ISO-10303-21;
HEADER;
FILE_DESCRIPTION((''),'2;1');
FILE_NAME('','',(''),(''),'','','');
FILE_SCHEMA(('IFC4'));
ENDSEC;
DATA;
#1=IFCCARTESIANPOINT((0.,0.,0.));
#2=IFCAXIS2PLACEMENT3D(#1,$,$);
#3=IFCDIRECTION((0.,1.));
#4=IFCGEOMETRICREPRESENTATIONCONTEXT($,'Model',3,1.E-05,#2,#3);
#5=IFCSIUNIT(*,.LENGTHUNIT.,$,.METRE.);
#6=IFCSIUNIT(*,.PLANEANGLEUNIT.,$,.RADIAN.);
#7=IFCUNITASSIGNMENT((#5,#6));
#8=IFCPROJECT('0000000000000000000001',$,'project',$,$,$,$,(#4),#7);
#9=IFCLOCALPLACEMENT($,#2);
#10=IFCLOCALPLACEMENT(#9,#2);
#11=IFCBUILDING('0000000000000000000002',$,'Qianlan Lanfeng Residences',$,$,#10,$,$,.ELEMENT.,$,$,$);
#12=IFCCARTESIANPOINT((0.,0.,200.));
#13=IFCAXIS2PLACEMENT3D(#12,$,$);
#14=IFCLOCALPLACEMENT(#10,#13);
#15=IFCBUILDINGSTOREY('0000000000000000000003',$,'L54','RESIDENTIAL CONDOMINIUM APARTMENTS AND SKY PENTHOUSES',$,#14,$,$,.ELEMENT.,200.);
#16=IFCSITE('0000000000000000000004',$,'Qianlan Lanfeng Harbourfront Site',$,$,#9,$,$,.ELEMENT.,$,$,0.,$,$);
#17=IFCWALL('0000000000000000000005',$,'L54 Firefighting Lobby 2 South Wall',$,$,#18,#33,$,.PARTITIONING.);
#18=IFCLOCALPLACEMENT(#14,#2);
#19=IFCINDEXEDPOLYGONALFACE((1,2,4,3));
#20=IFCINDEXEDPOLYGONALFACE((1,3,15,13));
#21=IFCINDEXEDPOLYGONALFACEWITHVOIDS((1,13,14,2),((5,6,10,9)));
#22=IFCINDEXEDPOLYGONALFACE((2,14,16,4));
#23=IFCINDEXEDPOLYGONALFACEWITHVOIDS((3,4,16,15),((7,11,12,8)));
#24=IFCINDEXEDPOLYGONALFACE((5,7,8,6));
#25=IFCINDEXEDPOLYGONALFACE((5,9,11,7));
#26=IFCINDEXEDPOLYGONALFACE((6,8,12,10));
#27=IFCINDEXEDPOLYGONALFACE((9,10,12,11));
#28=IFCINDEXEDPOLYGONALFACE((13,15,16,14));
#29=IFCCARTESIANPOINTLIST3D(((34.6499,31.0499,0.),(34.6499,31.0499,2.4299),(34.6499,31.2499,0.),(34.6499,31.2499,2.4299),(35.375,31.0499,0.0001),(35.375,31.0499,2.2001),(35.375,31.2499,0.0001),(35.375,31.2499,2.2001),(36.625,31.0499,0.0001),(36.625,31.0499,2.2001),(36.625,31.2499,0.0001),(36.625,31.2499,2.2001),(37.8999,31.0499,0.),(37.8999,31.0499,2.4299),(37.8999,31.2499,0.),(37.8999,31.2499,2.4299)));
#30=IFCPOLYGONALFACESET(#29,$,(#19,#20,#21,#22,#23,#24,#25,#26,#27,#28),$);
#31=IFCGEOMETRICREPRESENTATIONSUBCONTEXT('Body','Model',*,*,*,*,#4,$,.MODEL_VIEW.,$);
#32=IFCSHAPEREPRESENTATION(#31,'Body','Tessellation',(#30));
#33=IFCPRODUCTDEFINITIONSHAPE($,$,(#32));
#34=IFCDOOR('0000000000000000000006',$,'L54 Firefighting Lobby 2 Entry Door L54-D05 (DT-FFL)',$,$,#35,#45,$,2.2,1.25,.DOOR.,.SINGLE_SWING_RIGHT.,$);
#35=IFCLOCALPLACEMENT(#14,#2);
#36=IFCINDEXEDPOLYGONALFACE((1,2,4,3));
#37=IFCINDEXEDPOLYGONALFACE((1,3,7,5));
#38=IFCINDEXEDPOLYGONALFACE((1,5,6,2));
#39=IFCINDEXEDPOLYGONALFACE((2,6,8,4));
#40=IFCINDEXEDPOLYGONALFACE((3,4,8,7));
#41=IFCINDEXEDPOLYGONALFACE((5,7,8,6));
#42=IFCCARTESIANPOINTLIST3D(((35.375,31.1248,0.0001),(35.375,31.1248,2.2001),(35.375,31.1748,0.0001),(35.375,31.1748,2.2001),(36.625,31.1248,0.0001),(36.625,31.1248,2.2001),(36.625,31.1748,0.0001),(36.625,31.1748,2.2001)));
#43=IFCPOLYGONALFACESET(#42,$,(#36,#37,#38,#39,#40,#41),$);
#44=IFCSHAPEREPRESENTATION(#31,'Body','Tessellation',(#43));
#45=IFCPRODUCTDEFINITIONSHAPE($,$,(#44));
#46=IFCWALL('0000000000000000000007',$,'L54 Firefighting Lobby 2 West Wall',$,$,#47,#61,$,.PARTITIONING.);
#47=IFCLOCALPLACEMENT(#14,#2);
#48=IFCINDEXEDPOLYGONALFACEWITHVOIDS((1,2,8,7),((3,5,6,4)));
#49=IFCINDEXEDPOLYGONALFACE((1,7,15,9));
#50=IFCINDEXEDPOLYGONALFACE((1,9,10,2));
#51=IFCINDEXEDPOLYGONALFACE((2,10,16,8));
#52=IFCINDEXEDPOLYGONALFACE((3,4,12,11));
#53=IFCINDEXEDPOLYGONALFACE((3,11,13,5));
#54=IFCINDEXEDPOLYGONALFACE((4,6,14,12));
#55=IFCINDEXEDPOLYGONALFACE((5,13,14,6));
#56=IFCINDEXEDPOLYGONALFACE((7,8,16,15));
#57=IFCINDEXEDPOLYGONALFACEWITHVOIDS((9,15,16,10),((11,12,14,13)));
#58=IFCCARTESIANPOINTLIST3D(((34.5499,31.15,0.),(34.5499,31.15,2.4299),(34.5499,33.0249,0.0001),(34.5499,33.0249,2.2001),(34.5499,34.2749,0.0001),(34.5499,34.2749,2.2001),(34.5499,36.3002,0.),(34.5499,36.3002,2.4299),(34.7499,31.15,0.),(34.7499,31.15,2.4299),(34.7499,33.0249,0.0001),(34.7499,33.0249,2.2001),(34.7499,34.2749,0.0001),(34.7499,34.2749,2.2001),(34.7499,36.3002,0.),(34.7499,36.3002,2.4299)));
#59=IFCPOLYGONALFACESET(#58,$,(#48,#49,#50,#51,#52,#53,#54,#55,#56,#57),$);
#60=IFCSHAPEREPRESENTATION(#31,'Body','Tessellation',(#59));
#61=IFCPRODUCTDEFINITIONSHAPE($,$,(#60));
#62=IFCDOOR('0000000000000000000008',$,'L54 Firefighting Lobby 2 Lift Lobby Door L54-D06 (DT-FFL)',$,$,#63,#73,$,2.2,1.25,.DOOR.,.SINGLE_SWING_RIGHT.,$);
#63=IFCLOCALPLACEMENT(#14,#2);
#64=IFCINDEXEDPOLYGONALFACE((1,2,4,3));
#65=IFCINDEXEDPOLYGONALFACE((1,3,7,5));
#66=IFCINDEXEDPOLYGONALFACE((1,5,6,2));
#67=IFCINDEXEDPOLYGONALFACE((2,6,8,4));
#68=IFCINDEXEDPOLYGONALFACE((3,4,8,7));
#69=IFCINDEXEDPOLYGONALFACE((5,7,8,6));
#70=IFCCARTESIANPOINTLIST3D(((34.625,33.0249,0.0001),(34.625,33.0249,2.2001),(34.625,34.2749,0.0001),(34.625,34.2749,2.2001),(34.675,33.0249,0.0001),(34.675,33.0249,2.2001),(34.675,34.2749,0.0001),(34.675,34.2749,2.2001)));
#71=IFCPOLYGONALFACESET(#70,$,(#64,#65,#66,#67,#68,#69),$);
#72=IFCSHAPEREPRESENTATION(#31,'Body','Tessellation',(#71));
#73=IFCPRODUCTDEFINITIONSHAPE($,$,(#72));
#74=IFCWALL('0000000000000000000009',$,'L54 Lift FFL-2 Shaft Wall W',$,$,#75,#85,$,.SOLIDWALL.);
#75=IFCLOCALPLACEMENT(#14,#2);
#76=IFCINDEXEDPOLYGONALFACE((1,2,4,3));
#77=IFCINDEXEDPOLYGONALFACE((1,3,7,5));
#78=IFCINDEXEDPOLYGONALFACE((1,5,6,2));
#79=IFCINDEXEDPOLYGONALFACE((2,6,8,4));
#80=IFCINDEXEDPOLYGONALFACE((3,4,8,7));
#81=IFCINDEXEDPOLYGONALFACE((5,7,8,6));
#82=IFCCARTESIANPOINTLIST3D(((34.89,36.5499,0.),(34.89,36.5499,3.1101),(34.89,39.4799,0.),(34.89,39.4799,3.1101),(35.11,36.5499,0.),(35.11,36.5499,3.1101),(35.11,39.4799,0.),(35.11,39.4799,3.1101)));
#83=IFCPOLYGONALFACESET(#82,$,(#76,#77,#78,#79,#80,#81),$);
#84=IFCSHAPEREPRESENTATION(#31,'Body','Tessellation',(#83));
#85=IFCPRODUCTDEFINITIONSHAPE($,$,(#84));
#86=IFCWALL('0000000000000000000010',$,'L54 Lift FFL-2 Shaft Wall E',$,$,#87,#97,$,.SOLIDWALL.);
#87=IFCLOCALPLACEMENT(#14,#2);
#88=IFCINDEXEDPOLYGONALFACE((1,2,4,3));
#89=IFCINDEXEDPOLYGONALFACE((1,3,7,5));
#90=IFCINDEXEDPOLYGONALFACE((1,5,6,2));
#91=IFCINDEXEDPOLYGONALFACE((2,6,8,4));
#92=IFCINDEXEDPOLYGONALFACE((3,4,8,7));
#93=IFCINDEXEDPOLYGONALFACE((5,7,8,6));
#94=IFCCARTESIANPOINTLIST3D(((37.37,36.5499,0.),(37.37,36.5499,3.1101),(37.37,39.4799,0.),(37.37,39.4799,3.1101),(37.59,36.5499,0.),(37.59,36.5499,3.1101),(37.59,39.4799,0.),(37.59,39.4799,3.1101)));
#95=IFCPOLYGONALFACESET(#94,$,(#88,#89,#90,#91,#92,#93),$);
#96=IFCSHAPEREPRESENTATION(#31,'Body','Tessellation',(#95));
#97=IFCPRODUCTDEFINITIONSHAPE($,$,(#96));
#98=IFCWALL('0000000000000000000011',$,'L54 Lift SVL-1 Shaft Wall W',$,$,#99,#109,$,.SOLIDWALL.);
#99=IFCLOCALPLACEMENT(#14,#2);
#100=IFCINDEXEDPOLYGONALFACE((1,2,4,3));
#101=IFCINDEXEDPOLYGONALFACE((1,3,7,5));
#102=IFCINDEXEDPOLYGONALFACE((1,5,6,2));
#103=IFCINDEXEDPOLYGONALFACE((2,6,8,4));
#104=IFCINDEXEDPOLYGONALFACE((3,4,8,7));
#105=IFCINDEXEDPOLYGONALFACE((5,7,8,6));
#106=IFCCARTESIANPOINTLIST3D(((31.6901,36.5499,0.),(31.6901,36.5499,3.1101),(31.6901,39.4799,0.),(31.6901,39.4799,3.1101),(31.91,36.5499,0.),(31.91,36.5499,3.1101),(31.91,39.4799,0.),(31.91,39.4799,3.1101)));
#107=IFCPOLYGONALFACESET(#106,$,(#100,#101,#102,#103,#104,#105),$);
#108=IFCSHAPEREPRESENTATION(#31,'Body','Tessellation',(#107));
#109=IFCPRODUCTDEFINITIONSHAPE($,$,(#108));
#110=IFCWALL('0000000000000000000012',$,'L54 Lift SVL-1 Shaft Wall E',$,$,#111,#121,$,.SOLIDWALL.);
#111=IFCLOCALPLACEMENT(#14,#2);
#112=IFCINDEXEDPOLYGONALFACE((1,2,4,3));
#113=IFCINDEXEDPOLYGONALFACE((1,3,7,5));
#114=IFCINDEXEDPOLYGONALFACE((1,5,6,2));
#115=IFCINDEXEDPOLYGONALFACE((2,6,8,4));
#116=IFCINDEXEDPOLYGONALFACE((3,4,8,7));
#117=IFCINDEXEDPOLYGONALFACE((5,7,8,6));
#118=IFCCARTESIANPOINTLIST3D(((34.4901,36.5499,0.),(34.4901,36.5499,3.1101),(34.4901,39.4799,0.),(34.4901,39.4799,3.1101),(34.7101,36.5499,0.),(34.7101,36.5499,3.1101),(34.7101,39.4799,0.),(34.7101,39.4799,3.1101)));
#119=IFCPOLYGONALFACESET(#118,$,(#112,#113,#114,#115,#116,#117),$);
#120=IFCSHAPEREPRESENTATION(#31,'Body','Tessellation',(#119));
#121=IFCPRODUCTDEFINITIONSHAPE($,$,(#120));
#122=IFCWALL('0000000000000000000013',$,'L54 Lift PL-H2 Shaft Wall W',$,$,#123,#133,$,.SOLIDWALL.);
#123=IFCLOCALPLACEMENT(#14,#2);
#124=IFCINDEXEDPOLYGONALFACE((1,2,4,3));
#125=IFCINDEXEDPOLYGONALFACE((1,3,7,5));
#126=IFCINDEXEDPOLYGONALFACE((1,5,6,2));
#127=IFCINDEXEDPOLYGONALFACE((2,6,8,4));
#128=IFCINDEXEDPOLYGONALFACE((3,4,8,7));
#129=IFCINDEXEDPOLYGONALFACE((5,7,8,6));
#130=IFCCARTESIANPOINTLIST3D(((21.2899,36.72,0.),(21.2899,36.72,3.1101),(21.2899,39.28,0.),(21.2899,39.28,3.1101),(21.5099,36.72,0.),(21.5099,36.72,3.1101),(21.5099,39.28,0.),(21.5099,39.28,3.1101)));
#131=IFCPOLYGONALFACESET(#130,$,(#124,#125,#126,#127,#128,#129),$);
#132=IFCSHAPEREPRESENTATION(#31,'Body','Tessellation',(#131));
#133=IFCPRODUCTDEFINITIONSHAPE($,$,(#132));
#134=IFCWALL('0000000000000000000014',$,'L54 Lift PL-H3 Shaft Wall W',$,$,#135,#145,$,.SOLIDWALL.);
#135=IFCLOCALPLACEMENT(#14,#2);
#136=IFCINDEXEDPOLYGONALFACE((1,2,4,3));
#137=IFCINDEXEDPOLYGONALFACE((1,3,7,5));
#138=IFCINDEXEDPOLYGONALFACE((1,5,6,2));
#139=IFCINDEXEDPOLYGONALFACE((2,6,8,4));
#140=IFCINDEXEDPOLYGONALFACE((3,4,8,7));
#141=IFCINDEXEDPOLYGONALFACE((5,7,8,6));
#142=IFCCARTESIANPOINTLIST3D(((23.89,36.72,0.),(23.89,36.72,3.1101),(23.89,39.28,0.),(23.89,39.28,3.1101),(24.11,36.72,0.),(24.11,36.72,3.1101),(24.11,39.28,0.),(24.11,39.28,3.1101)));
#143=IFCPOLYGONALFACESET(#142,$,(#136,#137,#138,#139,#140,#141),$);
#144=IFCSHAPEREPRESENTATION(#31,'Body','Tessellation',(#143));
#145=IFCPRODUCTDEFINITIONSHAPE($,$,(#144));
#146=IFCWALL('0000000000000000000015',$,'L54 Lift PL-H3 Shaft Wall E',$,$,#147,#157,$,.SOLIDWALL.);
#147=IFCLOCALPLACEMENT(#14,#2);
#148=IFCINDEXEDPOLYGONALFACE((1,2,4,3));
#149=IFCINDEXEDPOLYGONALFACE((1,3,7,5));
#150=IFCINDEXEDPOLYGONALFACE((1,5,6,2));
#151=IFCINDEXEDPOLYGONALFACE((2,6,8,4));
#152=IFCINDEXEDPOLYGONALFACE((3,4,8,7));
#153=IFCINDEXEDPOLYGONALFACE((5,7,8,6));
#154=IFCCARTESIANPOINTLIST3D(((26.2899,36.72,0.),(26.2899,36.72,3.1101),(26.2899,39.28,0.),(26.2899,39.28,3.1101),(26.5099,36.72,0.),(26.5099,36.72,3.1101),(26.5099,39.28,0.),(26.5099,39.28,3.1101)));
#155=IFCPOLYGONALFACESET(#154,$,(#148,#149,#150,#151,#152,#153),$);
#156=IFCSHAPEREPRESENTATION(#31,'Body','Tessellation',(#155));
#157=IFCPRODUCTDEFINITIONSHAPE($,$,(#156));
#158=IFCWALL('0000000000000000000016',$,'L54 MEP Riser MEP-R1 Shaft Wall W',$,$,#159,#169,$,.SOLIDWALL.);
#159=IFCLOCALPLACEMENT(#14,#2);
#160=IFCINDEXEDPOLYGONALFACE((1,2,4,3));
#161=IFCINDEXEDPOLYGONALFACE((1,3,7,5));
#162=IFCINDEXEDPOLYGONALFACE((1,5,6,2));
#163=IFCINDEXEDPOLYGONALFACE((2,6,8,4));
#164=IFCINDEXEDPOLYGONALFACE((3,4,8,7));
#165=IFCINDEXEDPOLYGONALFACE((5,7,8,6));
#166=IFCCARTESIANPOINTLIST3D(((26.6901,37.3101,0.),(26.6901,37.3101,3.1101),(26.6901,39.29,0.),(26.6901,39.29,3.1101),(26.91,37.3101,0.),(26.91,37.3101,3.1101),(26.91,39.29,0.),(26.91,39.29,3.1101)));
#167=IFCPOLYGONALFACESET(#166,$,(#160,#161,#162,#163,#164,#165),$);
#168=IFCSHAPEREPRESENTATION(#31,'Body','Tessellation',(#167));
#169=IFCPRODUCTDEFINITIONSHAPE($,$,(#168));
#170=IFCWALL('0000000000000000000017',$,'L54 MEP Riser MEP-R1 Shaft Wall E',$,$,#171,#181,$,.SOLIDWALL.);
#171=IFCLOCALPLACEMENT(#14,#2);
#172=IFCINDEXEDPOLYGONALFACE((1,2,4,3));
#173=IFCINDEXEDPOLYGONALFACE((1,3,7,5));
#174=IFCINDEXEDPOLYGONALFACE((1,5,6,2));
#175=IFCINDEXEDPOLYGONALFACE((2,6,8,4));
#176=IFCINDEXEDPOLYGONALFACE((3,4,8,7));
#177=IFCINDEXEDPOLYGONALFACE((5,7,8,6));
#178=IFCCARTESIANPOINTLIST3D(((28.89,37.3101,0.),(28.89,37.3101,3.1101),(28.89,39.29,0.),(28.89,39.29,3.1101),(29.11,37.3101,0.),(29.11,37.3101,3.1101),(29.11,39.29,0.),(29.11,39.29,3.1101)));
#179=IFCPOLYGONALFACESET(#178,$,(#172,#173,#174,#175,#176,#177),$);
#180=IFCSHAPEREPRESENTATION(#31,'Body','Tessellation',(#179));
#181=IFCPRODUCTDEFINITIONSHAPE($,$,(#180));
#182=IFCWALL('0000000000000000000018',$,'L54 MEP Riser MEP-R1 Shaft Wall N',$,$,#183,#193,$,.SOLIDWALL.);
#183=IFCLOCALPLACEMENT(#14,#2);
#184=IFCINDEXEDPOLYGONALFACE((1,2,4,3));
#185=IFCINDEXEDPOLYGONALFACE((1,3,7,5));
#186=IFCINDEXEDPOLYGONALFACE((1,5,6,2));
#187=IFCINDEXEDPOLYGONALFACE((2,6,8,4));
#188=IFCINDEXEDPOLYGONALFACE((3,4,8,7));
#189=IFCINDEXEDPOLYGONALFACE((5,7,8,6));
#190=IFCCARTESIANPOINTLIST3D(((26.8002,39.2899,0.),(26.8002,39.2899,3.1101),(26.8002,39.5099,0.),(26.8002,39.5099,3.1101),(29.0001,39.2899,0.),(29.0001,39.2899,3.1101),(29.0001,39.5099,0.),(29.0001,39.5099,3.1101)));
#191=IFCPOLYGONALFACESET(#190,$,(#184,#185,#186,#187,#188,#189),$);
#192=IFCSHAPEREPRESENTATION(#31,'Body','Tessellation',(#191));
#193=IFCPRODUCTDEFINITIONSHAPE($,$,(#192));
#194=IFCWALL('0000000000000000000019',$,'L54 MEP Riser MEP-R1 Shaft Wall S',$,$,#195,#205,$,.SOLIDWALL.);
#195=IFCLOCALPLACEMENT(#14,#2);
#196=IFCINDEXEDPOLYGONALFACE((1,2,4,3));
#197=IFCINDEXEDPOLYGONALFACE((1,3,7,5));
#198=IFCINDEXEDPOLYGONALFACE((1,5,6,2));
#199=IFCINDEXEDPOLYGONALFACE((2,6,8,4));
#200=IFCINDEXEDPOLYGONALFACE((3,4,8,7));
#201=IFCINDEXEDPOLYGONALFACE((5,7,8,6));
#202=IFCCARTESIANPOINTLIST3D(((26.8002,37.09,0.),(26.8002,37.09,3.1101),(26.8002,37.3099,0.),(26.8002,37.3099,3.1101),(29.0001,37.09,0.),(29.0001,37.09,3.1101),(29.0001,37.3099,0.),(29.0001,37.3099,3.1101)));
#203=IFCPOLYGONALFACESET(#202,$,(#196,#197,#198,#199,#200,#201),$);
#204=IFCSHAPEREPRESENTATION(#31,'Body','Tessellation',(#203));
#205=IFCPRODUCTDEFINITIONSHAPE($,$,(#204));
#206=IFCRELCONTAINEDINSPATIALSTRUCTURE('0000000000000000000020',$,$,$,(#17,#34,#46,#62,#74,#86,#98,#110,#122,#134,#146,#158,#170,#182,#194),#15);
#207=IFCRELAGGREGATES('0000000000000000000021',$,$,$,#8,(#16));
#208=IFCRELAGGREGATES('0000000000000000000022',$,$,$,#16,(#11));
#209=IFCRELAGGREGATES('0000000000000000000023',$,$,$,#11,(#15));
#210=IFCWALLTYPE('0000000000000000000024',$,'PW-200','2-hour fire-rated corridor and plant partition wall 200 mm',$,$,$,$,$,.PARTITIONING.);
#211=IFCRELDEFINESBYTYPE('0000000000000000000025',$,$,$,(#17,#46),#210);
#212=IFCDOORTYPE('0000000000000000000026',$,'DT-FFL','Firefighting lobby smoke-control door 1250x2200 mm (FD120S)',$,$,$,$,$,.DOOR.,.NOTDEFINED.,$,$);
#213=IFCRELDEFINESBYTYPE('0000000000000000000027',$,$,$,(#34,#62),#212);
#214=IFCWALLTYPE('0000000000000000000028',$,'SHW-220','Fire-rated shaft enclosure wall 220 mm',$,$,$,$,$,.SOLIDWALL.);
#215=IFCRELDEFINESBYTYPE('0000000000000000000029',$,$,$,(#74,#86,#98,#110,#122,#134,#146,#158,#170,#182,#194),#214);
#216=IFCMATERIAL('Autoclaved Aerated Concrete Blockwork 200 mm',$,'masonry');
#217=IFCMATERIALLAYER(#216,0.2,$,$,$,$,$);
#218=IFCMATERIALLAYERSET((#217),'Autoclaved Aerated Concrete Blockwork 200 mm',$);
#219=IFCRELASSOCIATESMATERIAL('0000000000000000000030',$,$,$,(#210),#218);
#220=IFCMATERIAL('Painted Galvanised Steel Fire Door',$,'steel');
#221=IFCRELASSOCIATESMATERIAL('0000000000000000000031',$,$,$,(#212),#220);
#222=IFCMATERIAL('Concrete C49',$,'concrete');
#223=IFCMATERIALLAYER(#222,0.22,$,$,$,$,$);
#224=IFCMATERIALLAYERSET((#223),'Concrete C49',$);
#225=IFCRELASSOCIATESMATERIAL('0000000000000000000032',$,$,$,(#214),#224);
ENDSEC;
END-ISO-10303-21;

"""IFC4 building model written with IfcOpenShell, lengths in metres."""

from ifc_helpers import new_model, si_unit, direction, frame, frame_2d, origin, place, context, subcontext, project, spatial, rectangle, extrude, material, layer, layer_set, type_object, element, fill, save


model = new_model("IFC4")

# Units and contexts
model_context = context("Model", 3, precision=1e-05, world=origin(), true_north=direction((0.0, 1.0)))
body_context = subcontext(model_context, "Body", "Model", "MODEL_VIEW")
ifc_project = project(units=[si_unit("LENGTHUNIT", "METRE"), si_unit("PLANEANGLEUNIT", "RADIAN")], contexts=[model_context])

# Site, building, storey
site_placement = place(None, origin())
site = spatial("IfcSite", under=ifc_project, at=site_placement, Name="Qianlan Lanfeng Harbourfront Site", CompositionType="ELEMENT", RefElevation=0.0)
building_placement = place(site_placement, origin())
building = spatial("IfcBuilding", under=site, at=building_placement, Name="Qianlan Lanfeng Residences", CompositionType="ELEMENT")
storey_placement = place(building_placement, frame((0.0, 0.0, 200.0)))
storey = spatial("IfcBuildingStorey", under=building, at=storey_placement, Name="L54", Description="RESIDENTIAL CONDOMINIUM APARTMENTS AND SKY PENTHOUSES", CompositionType="ELEMENT", Elevation=200.0)

# Walls, openings, doors
ifc_material_1 = material(Name="Autoclaved Aerated Concrete Blockwork 200 mm", Category="masonry")
ifc_layer_1 = layer(ifc_material_1, 0.2)
ifc_layer_set_1 = layer_set([ifc_layer_1], Name="Autoclaved Aerated Concrete Blockwork 200 mm")
wall_type_1 = type_object("IfcWallType", Name="PW-200", Description="2-hour fire-rated corridor and plant partition wall 200 mm", PredefinedType="PARTITIONING", material=ifc_layer_set_1)
wall_1_placement = place(storey_placement, frame((34.6499, 31.1499, 0.0), z_axis=(0.0, 0.0, 1.0), x_axis=(1.0, 0.0, 0.0)))
wall_1 = element("IfcWall", 1, at=wall_1_placement, inside=storey, type_object=wall_type_1, Name="L54 Firefighting Lobby 2 South Wall", PredefinedType="PARTITIONING", context=body_context, shape_type="SweptSolid", body=[
    extrude(rectangle(XDim=3.25, YDim=0.2, at=frame_2d((1.625, 0.0))), origin(), (0.0, 0.0, 1.0), 2.4299),
])
opening_1_placement = place(wall_1_placement, frame((0.7251, 0.0, 0.0)))
opening_1 = element("IfcOpeningElement", 2, at=opening_1_placement, cuts=wall_1, PredefinedType="OPENING", context=body_context, shape_type="SweptSolid", body=[
    extrude(rectangle(XDim=1.25, YDim=2.2, at=frame_2d((0.625, 1.1001))), frame((0.0, 0.1099, 0.0), z_axis=(0.0, -1.0, 0.0), x_axis=(1.0, 0.0, 0.0)), (0.0, 0.0, 1.0), 0.22),
])
ifc_material_2 = material(Name="Painted Galvanised Steel Fire Door", Category="steel")
door_type = type_object("IfcDoorType", Name="DT-FFL", Description="Firefighting lobby smoke-control door 1250x2200 mm (FD120S)", OperationType="NOTDEFINED", PredefinedType="DOOR", material=ifc_material_2)
door_1_placement = place(opening_1_placement, origin())
door_1 = element("IfcDoor", 3, at=door_1_placement, inside=storey, type_object=door_type, Name="L54 Firefighting Lobby 2 Entry Door L54-D05 (DT-FFL)", OperationType="SINGLE_SWING_RIGHT", OverallHeight=2.2, OverallWidth=1.25, PredefinedType="DOOR", context=body_context, shape_type="SweptSolid", body=[
    extrude(rectangle(XDim=1.25, YDim=2.2, at=frame_2d((0.625, 1.1001))), frame((0.0, 0.0249, 0.0), z_axis=(0.0, -1.0, 0.0), x_axis=(1.0, 0.0, 0.0)), (0.0, 0.0, 1.0), 0.05),
])
fill(opening_1, door_1)
wall_2_placement = place(storey_placement, frame((34.6499, 31.1499, 0.0), z_axis=(0.0, 0.0, 1.0), x_axis=(0.0, 1.0, 0.0)))
wall_2 = element("IfcWall", 4, at=wall_2_placement, inside=storey, type_object=wall_type_1, Name="L54 Firefighting Lobby 2 West Wall", PredefinedType="PARTITIONING", context=body_context, shape_type="SweptSolid", body=[
    extrude(rectangle(XDim=5.1501, YDim=0.2, at=frame_2d((2.5752, 0.0))), origin(), (0.0, 0.0, 1.0), 2.4299),
])
opening_2_placement = place(wall_2_placement, frame((1.875, 0.0, 0.0)))
opening_2 = element("IfcOpeningElement", 5, at=opening_2_placement, cuts=wall_2, PredefinedType="OPENING", context=body_context, shape_type="SweptSolid", body=[
    extrude(rectangle(XDim=1.25, YDim=2.2, at=frame_2d((0.625, 1.1001))), frame((0.0, 0.1099, 0.0), z_axis=(0.0, -1.0, 0.0), x_axis=(1.0, 0.0, 0.0)), (0.0, 0.0, 1.0), 0.22),
])
door_2_placement = place(opening_2_placement, origin())
door_2 = element("IfcDoor", 6, at=door_2_placement, inside=storey, type_object=door_type, Name="L54 Firefighting Lobby 2 Lift Lobby Door L54-D06 (DT-FFL)", OperationType="SINGLE_SWING_RIGHT", OverallHeight=2.2, OverallWidth=1.25, PredefinedType="DOOR", context=body_context, shape_type="SweptSolid", body=[
    extrude(rectangle(XDim=1.25, YDim=2.2, at=frame_2d((0.625, 1.1001))), frame((0.0, 0.0249, 0.0), z_axis=(0.0, -1.0, 0.0), x_axis=(1.0, 0.0, 0.0)), (0.0, 0.0, 1.0), 0.05),
])
fill(opening_2, door_2)

# Walls
ifc_material_3 = material(Name="Concrete C49", Category="concrete")
ifc_layer_2 = layer(ifc_material_3, 0.22)
ifc_layer_set_2 = layer_set([ifc_layer_2], Name="Concrete C49")
wall_type_2 = type_object("IfcWallType", Name="SHW-220", Description="Fire-rated shaft enclosure wall 220 mm", PredefinedType="SOLIDWALL", material=ifc_layer_set_2)
for number, where, z_axis, x_axis, name in (
    (7, (35.0, 36.55, 0.0), (0.0, 0.0, 1.0), (0.0, 1.0, 0.0), "L54 Lift FFL-2 Shaft Wall W"),
    (8, (37.48, 36.55, 0.0), (0.0, 0.0, 1.0), (0.0, 1.0, 0.0), "L54 Lift FFL-2 Shaft Wall E"),
    (9, (31.8, 36.55, 0.0), (0.0, 0.0, 1.0), (0.0, 1.0, 0.0), "L54 Lift SVL-1 Shaft Wall W"),
    (10, (34.6001, 36.55, 0.0), (0.0, 0.0, 1.0), (0.0, 1.0, 0.0), "L54 Lift SVL-1 Shaft Wall E"),
):
    element("IfcWall", number, at=place(storey_placement, frame(where, z_axis=z_axis, x_axis=x_axis)), inside=storey, type_object=wall_type_2, Name=name, PredefinedType="SOLIDWALL", context=body_context, shape_type="SweptSolid", body=[
        extrude(rectangle(XDim=2.9299, YDim=0.22, at=frame_2d((1.4648, 0.0))), origin(), (0.0, 0.0, 1.0), 3.1101),
    ])
for number, where, z_axis, x_axis, name in (
    (11, (21.3999, 36.72, 0.0), (0.0, 0.0, 1.0), (0.0, 1.0, 0.0), "L54 Lift PL-H2 Shaft Wall W"),
    (12, (24.0, 36.72, 0.0), (0.0, 0.0, 1.0), (0.0, 1.0, 0.0), "L54 Lift PL-H3 Shaft Wall W"),
    (13, (26.3999, 36.72, 0.0), (0.0, 0.0, 1.0), (0.0, 1.0, 0.0), "L54 Lift PL-H3 Shaft Wall E"),
):
    element("IfcWall", number, at=place(storey_placement, frame(where, z_axis=z_axis, x_axis=x_axis)), inside=storey, type_object=wall_type_2, Name=name, PredefinedType="SOLIDWALL", context=body_context, shape_type="SweptSolid", body=[
        extrude(rectangle(XDim=2.5601, YDim=0.22, at=frame_2d((1.28, 0.0))), origin(), (0.0, 0.0, 1.0), 3.1101),
    ])
for number, where, z_axis, x_axis, name in (
    (14, (26.8, 37.3101, 0.0), (0.0, 0.0, 1.0), (0.0, 1.0, 0.0), "L54 MEP Riser MEP-R1 Shaft Wall W"),
    (15, (29.0, 37.3101, 0.0), (0.0, 0.0, 1.0), (0.0, 1.0, 0.0), "L54 MEP Riser MEP-R1 Shaft Wall E"),
):
    element("IfcWall", number, at=place(storey_placement, frame(where, z_axis=z_axis, x_axis=x_axis)), inside=storey, type_object=wall_type_2, Name=name, PredefinedType="SOLIDWALL", context=body_context, shape_type="SweptSolid", body=[
        extrude(rectangle(XDim=1.98, YDim=0.22, at=frame_2d((0.99, 0.0))), origin(), (0.0, 0.0, 1.0), 3.1101),
    ])
for number, where, z_axis, x_axis, name in (
    (16, (26.8, 39.3999, 0.0), (0.0, 0.0, 1.0), (1.0, 0.0, 0.0), "L54 MEP Riser MEP-R1 Shaft Wall N"),
    (17, (26.8, 37.2, 0.0), (0.0, 0.0, 1.0), (1.0, 0.0, 0.0), "L54 MEP Riser MEP-R1 Shaft Wall S"),
):
    element("IfcWall", number, at=place(storey_placement, frame(where, z_axis=z_axis, x_axis=x_axis)), inside=storey, type_object=wall_type_2, Name=name, PredefinedType="SOLIDWALL", context=body_context, shape_type="SweptSolid", body=[
        extrude(rectangle(XDim=2.2, YDim=0.22, at=frame_2d((1.1001, 0.0))), origin(), (0.0, 0.0, 1.0), 3.1101),
    ])

save(model, "model.ifc")
